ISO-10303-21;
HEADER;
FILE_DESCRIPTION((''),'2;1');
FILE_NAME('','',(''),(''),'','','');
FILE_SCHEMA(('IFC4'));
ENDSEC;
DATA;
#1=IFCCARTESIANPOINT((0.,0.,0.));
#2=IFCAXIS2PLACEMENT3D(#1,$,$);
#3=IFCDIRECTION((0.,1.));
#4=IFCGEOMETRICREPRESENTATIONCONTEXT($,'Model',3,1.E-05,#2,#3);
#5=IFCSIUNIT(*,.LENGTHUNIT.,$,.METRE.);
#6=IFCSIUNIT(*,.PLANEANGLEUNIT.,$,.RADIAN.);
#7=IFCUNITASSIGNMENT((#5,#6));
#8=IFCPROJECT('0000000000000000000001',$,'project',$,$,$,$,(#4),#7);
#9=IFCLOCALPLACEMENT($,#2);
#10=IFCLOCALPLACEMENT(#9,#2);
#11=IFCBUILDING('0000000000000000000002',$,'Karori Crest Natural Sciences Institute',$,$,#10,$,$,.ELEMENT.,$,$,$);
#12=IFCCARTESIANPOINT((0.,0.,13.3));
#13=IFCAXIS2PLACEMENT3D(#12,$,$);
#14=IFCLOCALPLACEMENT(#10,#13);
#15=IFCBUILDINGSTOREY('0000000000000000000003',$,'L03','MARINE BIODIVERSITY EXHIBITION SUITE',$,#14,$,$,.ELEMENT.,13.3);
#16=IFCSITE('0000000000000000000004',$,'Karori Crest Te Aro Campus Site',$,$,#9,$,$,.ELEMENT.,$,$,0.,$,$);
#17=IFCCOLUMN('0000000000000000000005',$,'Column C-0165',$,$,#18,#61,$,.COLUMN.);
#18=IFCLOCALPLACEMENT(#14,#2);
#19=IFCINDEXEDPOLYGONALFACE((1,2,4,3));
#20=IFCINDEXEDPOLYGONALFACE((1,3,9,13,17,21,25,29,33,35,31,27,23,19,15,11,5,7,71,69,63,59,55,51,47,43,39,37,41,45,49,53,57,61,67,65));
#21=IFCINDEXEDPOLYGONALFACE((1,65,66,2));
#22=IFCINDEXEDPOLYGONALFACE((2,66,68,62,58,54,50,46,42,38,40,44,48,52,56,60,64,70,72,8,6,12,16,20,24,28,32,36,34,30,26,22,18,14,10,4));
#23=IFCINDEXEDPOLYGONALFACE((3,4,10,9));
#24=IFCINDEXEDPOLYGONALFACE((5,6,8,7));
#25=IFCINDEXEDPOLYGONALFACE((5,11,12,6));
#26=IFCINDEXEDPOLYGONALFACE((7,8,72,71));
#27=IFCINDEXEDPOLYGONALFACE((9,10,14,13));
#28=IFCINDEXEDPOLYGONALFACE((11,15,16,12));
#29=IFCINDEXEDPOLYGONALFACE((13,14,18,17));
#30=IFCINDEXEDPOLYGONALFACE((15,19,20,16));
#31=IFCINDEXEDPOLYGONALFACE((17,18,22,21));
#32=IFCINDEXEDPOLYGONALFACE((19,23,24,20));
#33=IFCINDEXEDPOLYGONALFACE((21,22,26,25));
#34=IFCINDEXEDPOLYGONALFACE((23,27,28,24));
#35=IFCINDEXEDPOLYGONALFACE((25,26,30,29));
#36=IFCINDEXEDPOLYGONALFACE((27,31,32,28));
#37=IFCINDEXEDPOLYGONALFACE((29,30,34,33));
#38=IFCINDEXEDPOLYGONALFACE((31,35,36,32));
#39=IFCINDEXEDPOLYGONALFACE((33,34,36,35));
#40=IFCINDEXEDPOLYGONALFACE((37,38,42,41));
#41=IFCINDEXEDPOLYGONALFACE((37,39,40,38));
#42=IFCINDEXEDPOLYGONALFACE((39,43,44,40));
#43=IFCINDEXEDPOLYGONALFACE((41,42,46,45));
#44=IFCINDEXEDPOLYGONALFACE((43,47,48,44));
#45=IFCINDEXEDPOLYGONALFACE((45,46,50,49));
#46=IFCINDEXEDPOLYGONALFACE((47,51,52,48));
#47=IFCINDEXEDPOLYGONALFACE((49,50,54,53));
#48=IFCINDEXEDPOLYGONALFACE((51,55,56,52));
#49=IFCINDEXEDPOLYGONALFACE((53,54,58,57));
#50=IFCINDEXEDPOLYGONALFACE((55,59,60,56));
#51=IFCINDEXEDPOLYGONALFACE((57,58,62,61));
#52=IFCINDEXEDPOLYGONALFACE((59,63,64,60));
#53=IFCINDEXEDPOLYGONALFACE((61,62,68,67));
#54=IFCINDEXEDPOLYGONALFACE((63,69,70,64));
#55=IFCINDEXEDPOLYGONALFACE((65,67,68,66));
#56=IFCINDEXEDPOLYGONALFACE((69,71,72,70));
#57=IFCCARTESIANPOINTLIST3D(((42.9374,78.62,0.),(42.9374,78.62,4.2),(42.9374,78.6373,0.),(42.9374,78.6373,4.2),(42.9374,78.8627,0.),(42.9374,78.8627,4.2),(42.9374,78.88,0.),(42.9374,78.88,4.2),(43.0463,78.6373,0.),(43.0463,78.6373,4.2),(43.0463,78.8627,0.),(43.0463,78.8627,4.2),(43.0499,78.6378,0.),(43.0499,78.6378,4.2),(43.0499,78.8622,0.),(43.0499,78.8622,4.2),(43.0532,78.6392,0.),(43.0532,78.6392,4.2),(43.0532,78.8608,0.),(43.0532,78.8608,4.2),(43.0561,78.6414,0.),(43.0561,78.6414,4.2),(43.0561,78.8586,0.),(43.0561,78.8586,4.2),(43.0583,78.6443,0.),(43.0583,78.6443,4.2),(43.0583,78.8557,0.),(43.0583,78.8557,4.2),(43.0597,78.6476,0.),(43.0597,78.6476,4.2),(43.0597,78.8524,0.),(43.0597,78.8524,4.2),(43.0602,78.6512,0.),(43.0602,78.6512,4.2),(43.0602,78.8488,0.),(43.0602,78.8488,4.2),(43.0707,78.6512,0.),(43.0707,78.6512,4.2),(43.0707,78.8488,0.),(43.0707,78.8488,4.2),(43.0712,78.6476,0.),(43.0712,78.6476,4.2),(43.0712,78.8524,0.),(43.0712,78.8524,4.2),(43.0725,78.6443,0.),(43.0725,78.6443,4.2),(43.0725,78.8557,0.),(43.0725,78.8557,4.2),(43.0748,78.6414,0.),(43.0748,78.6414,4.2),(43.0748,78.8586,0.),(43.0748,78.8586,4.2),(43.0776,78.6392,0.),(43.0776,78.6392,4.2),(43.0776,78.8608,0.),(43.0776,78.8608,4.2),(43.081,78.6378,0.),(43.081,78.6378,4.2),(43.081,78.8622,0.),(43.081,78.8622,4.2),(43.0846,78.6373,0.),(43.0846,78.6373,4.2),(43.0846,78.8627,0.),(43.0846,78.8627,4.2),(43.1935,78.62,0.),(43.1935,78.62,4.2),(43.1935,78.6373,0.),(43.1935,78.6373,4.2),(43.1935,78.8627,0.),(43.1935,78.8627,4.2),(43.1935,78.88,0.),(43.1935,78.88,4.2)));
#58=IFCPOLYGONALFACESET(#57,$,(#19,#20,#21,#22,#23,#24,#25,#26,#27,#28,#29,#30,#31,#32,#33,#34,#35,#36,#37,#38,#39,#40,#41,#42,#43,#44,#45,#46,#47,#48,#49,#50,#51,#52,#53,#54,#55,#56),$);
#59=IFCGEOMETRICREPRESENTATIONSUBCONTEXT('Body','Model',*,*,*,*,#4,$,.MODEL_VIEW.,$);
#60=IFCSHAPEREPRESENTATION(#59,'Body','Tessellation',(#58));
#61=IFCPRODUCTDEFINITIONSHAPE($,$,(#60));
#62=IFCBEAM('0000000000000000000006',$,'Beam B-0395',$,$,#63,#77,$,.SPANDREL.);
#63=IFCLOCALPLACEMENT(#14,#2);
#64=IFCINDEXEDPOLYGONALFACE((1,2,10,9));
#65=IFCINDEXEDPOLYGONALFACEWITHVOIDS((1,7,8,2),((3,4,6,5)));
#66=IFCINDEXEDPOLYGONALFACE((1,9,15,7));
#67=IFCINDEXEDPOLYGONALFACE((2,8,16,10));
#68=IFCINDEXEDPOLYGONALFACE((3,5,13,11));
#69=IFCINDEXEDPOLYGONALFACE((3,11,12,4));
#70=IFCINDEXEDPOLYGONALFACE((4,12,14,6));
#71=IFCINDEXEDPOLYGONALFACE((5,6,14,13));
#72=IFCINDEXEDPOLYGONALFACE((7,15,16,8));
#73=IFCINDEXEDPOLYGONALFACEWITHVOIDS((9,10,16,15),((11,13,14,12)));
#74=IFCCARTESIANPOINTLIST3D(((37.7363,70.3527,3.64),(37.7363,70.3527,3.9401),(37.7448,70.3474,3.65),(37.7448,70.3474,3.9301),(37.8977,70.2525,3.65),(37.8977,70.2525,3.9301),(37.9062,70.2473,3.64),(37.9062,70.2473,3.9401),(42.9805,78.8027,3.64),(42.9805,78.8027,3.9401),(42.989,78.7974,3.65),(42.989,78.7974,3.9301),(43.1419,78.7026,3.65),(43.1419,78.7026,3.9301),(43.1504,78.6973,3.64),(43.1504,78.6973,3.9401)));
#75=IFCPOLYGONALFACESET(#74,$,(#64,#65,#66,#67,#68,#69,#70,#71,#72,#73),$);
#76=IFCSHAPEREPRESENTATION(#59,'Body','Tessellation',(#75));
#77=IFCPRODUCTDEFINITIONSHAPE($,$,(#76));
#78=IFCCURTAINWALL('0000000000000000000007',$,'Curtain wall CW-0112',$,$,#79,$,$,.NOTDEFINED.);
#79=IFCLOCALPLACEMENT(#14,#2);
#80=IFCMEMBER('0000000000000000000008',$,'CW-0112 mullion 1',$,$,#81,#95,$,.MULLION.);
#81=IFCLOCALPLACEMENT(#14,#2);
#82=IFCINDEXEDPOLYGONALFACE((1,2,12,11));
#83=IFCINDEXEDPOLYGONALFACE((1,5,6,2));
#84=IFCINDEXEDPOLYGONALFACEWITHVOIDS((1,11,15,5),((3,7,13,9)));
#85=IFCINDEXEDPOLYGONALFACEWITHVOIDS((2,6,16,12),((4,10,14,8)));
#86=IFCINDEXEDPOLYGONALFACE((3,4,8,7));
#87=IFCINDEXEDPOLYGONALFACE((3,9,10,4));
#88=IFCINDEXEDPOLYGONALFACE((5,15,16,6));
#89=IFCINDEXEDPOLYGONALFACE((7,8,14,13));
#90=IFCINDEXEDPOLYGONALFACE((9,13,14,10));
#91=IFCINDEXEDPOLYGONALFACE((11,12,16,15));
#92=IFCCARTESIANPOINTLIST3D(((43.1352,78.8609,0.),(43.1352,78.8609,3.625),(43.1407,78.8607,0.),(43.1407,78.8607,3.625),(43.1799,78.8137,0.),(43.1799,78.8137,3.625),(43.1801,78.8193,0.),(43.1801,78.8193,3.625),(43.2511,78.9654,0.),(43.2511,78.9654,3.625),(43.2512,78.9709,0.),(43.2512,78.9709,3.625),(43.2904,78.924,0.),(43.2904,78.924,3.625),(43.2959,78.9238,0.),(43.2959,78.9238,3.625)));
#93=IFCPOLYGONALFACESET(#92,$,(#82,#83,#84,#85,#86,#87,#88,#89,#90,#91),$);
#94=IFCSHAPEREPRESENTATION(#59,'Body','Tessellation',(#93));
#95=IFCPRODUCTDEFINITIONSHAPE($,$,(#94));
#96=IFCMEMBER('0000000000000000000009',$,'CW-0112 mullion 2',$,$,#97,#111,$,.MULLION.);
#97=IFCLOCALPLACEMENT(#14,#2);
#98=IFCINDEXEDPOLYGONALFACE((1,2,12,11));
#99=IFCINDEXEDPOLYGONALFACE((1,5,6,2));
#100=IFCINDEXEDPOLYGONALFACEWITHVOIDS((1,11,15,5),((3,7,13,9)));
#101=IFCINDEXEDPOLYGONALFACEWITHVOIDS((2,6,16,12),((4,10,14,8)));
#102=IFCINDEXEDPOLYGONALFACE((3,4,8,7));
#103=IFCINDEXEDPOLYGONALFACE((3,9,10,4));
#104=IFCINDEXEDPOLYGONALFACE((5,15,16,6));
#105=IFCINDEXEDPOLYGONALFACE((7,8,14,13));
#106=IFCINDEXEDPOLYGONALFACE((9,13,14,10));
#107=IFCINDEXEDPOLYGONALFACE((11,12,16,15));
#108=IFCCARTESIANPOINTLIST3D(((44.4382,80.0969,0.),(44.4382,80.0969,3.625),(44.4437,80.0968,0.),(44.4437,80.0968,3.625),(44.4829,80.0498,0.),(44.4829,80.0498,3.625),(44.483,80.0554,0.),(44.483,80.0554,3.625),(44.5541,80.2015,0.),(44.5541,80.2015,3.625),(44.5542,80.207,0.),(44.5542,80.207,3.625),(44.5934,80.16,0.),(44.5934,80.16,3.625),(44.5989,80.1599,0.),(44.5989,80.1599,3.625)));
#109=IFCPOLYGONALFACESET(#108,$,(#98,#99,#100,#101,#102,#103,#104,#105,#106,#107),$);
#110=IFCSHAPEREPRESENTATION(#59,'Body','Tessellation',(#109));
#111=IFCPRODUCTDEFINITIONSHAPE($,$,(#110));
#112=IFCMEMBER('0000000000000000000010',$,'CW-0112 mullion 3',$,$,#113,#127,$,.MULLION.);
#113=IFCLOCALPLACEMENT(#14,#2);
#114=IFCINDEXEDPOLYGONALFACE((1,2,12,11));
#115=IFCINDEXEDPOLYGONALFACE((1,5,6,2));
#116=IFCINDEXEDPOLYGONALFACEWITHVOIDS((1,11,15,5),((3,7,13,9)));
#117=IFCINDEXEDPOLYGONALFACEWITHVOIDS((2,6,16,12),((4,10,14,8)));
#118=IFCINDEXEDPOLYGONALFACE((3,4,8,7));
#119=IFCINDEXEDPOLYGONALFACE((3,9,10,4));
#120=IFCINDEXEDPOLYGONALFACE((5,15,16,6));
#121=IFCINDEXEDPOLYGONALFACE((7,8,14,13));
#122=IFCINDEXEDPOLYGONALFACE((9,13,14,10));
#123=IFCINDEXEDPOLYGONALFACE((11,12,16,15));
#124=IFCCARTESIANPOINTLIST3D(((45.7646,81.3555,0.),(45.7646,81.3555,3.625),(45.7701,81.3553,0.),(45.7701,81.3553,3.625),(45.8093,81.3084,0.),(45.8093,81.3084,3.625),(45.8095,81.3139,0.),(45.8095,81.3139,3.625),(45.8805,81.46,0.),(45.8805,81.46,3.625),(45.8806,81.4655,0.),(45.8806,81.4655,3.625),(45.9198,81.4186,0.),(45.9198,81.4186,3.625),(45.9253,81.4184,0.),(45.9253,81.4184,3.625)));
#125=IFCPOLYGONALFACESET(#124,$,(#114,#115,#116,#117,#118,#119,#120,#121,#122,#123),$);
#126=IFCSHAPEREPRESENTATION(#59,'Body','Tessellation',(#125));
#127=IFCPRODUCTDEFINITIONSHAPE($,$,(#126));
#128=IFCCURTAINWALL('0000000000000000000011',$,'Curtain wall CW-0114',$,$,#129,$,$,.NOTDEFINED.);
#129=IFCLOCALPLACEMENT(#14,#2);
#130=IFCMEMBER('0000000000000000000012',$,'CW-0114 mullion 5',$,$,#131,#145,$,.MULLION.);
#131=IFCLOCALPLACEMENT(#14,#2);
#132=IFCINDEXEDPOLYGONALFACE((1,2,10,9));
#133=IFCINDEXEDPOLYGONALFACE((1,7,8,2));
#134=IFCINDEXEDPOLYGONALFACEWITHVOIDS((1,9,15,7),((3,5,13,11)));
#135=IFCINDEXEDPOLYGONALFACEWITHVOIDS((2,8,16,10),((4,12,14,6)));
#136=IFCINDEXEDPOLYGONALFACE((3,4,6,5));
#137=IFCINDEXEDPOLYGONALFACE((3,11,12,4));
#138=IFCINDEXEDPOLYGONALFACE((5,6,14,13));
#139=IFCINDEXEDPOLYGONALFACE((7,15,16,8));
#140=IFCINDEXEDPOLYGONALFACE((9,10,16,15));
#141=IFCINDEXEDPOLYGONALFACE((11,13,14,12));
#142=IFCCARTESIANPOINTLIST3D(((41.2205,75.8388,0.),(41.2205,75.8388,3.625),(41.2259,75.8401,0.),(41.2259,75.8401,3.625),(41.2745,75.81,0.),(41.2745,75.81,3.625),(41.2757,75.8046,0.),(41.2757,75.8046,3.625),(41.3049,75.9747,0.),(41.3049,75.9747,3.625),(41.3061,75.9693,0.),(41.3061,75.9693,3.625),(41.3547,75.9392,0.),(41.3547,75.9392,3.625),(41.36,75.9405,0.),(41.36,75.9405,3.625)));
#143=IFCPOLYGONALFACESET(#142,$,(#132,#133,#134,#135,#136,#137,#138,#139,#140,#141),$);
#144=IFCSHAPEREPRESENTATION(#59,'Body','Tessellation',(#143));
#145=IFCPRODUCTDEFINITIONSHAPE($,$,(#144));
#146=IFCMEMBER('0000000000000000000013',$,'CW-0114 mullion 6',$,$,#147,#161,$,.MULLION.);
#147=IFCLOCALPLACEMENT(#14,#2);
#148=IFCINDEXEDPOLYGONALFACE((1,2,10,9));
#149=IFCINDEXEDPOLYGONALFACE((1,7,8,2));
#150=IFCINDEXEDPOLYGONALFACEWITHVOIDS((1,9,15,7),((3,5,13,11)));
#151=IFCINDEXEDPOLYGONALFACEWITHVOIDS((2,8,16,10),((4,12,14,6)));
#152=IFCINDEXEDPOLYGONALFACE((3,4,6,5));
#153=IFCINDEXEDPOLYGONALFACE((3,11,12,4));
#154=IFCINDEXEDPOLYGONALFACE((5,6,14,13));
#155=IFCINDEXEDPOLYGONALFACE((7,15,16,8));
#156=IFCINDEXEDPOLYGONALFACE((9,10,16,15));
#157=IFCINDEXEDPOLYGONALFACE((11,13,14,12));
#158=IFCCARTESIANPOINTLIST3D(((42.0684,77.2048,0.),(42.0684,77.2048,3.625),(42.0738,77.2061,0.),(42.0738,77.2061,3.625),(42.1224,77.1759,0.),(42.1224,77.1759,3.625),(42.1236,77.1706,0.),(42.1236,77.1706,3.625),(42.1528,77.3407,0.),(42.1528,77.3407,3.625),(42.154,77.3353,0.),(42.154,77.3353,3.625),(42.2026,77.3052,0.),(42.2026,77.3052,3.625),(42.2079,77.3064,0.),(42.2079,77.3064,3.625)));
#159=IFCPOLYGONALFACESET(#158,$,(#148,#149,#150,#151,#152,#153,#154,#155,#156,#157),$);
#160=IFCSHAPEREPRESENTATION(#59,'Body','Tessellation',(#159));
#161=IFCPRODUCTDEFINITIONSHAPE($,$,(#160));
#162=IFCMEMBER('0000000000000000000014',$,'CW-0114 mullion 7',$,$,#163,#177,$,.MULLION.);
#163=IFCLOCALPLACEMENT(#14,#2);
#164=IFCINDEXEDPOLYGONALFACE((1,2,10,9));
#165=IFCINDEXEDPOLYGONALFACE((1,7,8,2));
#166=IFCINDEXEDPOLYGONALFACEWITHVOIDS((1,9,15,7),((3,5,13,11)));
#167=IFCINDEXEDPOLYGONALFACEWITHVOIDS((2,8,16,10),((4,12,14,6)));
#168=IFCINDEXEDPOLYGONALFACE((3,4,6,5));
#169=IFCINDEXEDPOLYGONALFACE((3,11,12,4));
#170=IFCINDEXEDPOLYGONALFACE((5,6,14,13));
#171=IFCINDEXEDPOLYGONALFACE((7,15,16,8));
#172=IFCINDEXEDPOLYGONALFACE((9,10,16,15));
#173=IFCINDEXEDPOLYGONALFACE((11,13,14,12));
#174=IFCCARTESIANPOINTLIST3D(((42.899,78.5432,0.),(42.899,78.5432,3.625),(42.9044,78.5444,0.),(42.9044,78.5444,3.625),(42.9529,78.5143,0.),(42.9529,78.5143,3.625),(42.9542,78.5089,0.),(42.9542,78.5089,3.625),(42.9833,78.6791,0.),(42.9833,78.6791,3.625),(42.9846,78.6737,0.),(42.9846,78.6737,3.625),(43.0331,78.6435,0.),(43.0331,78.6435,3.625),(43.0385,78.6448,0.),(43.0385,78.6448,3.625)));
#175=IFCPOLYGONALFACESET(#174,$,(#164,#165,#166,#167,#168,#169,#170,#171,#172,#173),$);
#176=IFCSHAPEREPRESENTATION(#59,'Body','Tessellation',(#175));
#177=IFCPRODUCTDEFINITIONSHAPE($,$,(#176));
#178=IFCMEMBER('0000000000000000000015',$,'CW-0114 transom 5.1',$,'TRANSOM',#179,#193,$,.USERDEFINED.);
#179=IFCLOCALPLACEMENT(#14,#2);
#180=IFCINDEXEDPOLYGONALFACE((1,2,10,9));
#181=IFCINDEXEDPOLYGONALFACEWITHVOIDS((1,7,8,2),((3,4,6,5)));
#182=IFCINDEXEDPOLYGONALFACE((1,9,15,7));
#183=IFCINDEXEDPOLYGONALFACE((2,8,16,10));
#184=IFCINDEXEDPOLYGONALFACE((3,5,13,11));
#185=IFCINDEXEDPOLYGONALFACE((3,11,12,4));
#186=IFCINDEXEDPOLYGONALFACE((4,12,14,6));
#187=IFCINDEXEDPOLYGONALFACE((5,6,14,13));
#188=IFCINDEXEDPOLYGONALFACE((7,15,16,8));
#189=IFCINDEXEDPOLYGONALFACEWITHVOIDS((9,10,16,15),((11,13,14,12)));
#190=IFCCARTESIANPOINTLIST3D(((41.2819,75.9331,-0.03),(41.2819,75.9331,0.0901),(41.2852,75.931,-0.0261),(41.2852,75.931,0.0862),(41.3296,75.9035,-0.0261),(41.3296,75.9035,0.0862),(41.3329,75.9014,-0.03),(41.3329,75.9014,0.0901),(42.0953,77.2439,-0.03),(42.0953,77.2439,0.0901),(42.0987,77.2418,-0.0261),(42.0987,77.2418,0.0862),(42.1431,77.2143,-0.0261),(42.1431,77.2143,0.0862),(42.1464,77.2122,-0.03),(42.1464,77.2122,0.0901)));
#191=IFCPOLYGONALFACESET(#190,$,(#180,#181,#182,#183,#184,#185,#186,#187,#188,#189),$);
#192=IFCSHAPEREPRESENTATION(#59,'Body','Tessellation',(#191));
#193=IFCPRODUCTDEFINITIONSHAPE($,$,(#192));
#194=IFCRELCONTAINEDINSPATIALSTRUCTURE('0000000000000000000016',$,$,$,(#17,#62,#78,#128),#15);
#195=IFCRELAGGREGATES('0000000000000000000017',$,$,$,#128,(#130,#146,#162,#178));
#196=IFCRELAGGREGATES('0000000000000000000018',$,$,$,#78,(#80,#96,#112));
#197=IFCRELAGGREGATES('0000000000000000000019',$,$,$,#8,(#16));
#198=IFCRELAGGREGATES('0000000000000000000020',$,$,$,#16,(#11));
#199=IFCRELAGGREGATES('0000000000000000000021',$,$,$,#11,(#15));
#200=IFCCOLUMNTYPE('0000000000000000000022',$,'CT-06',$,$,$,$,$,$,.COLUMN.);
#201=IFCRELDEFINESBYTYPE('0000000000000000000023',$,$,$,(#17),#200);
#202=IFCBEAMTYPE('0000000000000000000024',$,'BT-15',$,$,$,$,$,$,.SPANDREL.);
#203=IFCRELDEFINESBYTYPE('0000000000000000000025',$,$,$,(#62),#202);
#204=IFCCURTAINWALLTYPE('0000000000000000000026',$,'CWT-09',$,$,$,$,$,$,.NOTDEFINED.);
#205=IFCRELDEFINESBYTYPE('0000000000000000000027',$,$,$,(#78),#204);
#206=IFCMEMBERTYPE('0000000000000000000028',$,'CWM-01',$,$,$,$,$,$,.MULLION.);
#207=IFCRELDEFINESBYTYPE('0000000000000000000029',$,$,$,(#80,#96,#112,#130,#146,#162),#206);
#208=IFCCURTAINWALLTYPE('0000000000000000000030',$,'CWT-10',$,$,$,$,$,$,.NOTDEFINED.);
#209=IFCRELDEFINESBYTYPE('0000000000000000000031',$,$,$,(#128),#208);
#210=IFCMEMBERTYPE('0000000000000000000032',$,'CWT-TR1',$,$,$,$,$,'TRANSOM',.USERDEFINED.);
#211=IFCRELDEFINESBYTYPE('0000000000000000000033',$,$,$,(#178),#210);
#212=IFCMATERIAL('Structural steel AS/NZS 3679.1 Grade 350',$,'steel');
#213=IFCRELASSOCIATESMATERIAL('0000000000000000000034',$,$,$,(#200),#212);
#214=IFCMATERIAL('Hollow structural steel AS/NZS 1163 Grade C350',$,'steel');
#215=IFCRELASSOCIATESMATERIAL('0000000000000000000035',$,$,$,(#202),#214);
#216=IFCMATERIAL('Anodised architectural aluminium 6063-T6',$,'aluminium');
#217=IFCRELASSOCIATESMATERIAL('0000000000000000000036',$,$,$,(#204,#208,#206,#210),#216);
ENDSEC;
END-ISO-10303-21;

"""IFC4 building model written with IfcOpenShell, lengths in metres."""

from ifc_helpers import new_model, si_unit, direction, frame, origin, origin_2d, place, context, subcontext, project, spatial, hollow_rectangle, i_section, extrude, material, material_profile, profile_set, type_object, element, aggregate, save


model = new_model("IFC4")

# Units and contexts
model_context = context("Model", 3, precision=1e-05, world=origin(), true_north=direction((0.0, 1.0)))
body_context = subcontext(model_context, "Body", "Model", "MODEL_VIEW")
ifc_project = project(units=[si_unit("LENGTHUNIT", "METRE"), si_unit("PLANEANGLEUNIT", "RADIAN")], contexts=[model_context])

# Site, building, storey
site_placement = place(None, origin())
site = spatial("IfcSite", under=ifc_project, at=site_placement, Name="Karori Crest Te Aro Campus Site", CompositionType="ELEMENT", RefElevation=0.0)
building_placement = place(site_placement, origin())
building = spatial("IfcBuilding", under=site, at=building_placement, Name="Karori Crest Natural Sciences Institute", CompositionType="ELEMENT")
storey_placement = place(building_placement, frame((0.0, 0.0, 13.3)))
storey = spatial("IfcBuildingStorey", under=building, at=storey_placement, Name="L03", Description="MARINE BIODIVERSITY EXHIBITION SUITE", CompositionType="ELEMENT", Elevation=13.3)

# Column
ifc_material_1 = material(Name="Structural steel AS/NZS 3679.1 Grade 350", Category="steel")
ifc_material_profile_1 = material_profile(ifc_material_1, i_section(OverallWidth=0.2561, OverallDepth=0.26, WebThickness=0.0105, FlangeThickness=0.0173, FilletRadius=0.0139, at=origin_2d()), Name="250UC89.5")
ifc_profile_set_1 = profile_set([ifc_material_profile_1], Name="Structural steel AS/NZS 3679.1 Grade 350")
column_type = type_object("IfcColumnType", Name="CT-06", PredefinedType="COLUMN", material=ifc_profile_set_1)
column_placement = place(storey_placement, frame((43.0654, 78.75, 0.0), z_axis=(0.0, 0.0, 1.0), x_axis=(1.0, 0.0, 0.0)))
element("IfcColumn", 1, at=column_placement, inside=storey, type_object=column_type, Name="Column C-0165", PredefinedType="COLUMN", context=body_context, shape_type="SweptSolid", body=[
    extrude(i_section(OverallWidth=0.2561, OverallDepth=0.26, WebThickness=0.0105, FlangeThickness=0.0173, FilletRadius=0.0139, at=origin_2d()), origin(), (0.0, 0.0, 1.0), 4.2),
])

# Beam
ifc_material_2 = material(Name="Hollow structural steel AS/NZS 1163 Grade C350", Category="steel")
ifc_material_profile_2 = material_profile(ifc_material_2, hollow_rectangle(XDim=0.2, YDim=0.3, WallThickness=0.01, at=origin_2d()), Name="RHS300x200x10")
ifc_profile_set_2 = profile_set([ifc_material_profile_2], Name="Hollow structural steel AS/NZS 1163 Grade C350")
beam_type = type_object("IfcBeamType", Name="BT-15", PredefinedType="SPANDREL", material=ifc_profile_set_2)
beam_placement = place(storey_placement, frame((43.0654, 78.75, 3.79), z_axis=(-0.527315, -0.84967, 0.0), x_axis=(0.84967, -0.527315, 0.0)))
element("IfcBeam", 2, at=beam_placement, inside=storey, type_object=beam_type, Name="Beam B-0395", PredefinedType="SPANDREL", context=body_context, shape_type="SweptSolid", body=[
    extrude(hollow_rectangle(XDim=0.2, YDim=0.3, WallThickness=0.01, at=origin_2d()), origin(), (0.0, 0.0, 1.0), 9.9451),
])

# Curtain walls, members
ifc_material_3 = material(Name="Anodised architectural aluminium 6063-T6", Category="aluminium")
curtain_wall_type_1 = type_object("IfcCurtainWallType", Name="CWT-09", PredefinedType="NOTDEFINED", material=ifc_material_3)
curtain_wall_1_placement = place(storey_placement, origin())
curtain_wall_1 = element("IfcCurtainWall", 3, at=curtain_wall_1_placement, inside=storey, type_object=curtain_wall_type_1, Name="Curtain wall CW-0112", PredefinedType="NOTDEFINED")
ifc_material_profile_3 = material_profile(ifc_material_3, hollow_rectangle(XDim=0.0649, YDim=0.1599, WallThickness=0.0039, at=origin_2d()), Name="CWM160x65x4")
ifc_profile_set_3 = profile_set([ifc_material_profile_3], Name="Anodised architectural aluminium 6063-T6")
member_type_1 = type_object("IfcMemberType", Name="CWM-01", PredefinedType="MULLION", material=ifc_profile_set_3)
member_1_placement = place(storey_placement, frame((43.2156, 78.8923, 0.0), z_axis=(0.0, 0.0, 1.0), x_axis=(-0.688251, 0.725473, 0.0)))
member_1 = element("IfcMember", 4, at=member_1_placement, type_object=member_type_1, Name="CW-0112 mullion 1", PredefinedType="MULLION", context=body_context, shape_type="SweptSolid", body=[
    extrude(hollow_rectangle(XDim=0.0649, YDim=0.1599, WallThickness=0.0039, at=origin_2d()), origin(), (0.0, 0.0, 1.0), 3.625),
])
member_2_placement = place(storey_placement, frame((44.5186, 80.1284, 0.0), z_axis=(0.0, 0.0, 1.0), x_axis=(-0.688251, 0.725473, 0.0)))
member_2 = element("IfcMember", 5, at=member_2_placement, type_object=member_type_1, Name="CW-0112 mullion 2", PredefinedType="MULLION", context=body_context, shape_type="SweptSolid", body=[
    extrude(hollow_rectangle(XDim=0.0649, YDim=0.1599, WallThickness=0.0039, at=origin_2d()), origin(), (0.0, 0.0, 1.0), 3.625),
])
member_3_placement = place(storey_placement, frame((45.845, 81.387, 0.0), z_axis=(0.0, 0.0, 1.0), x_axis=(-0.688251, 0.725473, 0.0)))
member_3 = element("IfcMember", 6, at=member_3_placement, type_object=member_type_1, Name="CW-0112 mullion 3", PredefinedType="MULLION", context=body_context, shape_type="SweptSolid", body=[
    extrude(hollow_rectangle(XDim=0.0649, YDim=0.1599, WallThickness=0.0039, at=origin_2d()), origin(), (0.0, 0.0, 1.0), 3.625),
])
curtain_wall_type_2 = type_object("IfcCurtainWallType", Name="CWT-10", PredefinedType="NOTDEFINED", material=ifc_material_3)
curtain_wall_2_placement = place(storey_placement, origin())
curtain_wall_2 = element("IfcCurtainWall", 7, at=curtain_wall_2_placement, inside=storey, type_object=curtain_wall_type_2, Name="Curtain wall CW-0114", PredefinedType="NOTDEFINED")
member_4_placement = place(storey_placement, frame((41.2903, 75.8896, 0.0), z_axis=(0.0, 0.0, 1.0), x_axis=(-0.849664, 0.527324, 0.0)))
member_4 = element("IfcMember", 8, at=member_4_placement, type_object=member_type_1, Name="CW-0114 mullion 5", PredefinedType="MULLION", context=body_context, shape_type="SweptSolid", body=[
    extrude(hollow_rectangle(XDim=0.0649, YDim=0.1599, WallThickness=0.0039, at=origin_2d()), origin(), (0.0, 0.0, 1.0), 3.625),
])
member_5_placement = place(storey_placement, frame((42.1382, 77.2556, 0.0), z_axis=(0.0, 0.0, 1.0), x_axis=(-0.849664, 0.527324, 0.0)))
member_5 = element("IfcMember", 9, at=member_5_placement, type_object=member_type_1, Name="CW-0114 mullion 6", PredefinedType="MULLION", context=body_context, shape_type="SweptSolid", body=[
    extrude(hollow_rectangle(XDim=0.0649, YDim=0.1599, WallThickness=0.0039, at=origin_2d()), origin(), (0.0, 0.0, 1.0), 3.625),
])
member_6_placement = place(storey_placement, frame((42.9688, 78.594, 0.0), z_axis=(0.0, 0.0, 1.0), x_axis=(-0.849664, 0.527324, 0.0)))
member_6 = element("IfcMember", 10, at=member_6_placement, type_object=member_type_1, Name="CW-0114 mullion 7", PredefinedType="MULLION", context=body_context, shape_type="SweptSolid", body=[
    extrude(hollow_rectangle(XDim=0.0649, YDim=0.1599, WallThickness=0.0039, at=origin_2d()), origin(), (0.0, 0.0, 1.0), 3.625),
])
ifc_material_profile_4 = material_profile(ifc_material_3, hollow_rectangle(XDim=0.0601, YDim=0.1201, WallThickness=0.0039, at=origin_2d()), Name="CWT120x60x4")
ifc_profile_set_4 = profile_set([ifc_material_profile_4], Name="Anodised architectural aluminium 6063-T6")
member_type_2 = type_object("IfcMemberType", Name="CWT-TR1", ElementType="TRANSOM", PredefinedType="USERDEFINED", material=ifc_profile_set_4)
member_7_placement = place(storey_placement, frame((41.3074, 75.9172, 0.03), z_axis=(0.527308, 0.849674, 0.0), x_axis=(-0.849674, 0.527308, 0.0)))
member_7 = element("IfcMember", 11, at=member_7_placement, type_object=member_type_2, Name="CW-0114 transom 5.1", ObjectType="TRANSOM", PredefinedType="USERDEFINED", context=body_context, shape_type="SweptSolid", body=[
    extrude(hollow_rectangle(XDim=0.0601, YDim=0.1201, WallThickness=0.0039, at=origin_2d()), origin(), (0.0, 0.0, 1.0), 1.5427),
])

aggregate(curtain_wall_2, [member_4, member_5, member_6, member_7])
aggregate(curtain_wall_1, [member_1, member_2, member_3])

save(model, "model.ifc")
